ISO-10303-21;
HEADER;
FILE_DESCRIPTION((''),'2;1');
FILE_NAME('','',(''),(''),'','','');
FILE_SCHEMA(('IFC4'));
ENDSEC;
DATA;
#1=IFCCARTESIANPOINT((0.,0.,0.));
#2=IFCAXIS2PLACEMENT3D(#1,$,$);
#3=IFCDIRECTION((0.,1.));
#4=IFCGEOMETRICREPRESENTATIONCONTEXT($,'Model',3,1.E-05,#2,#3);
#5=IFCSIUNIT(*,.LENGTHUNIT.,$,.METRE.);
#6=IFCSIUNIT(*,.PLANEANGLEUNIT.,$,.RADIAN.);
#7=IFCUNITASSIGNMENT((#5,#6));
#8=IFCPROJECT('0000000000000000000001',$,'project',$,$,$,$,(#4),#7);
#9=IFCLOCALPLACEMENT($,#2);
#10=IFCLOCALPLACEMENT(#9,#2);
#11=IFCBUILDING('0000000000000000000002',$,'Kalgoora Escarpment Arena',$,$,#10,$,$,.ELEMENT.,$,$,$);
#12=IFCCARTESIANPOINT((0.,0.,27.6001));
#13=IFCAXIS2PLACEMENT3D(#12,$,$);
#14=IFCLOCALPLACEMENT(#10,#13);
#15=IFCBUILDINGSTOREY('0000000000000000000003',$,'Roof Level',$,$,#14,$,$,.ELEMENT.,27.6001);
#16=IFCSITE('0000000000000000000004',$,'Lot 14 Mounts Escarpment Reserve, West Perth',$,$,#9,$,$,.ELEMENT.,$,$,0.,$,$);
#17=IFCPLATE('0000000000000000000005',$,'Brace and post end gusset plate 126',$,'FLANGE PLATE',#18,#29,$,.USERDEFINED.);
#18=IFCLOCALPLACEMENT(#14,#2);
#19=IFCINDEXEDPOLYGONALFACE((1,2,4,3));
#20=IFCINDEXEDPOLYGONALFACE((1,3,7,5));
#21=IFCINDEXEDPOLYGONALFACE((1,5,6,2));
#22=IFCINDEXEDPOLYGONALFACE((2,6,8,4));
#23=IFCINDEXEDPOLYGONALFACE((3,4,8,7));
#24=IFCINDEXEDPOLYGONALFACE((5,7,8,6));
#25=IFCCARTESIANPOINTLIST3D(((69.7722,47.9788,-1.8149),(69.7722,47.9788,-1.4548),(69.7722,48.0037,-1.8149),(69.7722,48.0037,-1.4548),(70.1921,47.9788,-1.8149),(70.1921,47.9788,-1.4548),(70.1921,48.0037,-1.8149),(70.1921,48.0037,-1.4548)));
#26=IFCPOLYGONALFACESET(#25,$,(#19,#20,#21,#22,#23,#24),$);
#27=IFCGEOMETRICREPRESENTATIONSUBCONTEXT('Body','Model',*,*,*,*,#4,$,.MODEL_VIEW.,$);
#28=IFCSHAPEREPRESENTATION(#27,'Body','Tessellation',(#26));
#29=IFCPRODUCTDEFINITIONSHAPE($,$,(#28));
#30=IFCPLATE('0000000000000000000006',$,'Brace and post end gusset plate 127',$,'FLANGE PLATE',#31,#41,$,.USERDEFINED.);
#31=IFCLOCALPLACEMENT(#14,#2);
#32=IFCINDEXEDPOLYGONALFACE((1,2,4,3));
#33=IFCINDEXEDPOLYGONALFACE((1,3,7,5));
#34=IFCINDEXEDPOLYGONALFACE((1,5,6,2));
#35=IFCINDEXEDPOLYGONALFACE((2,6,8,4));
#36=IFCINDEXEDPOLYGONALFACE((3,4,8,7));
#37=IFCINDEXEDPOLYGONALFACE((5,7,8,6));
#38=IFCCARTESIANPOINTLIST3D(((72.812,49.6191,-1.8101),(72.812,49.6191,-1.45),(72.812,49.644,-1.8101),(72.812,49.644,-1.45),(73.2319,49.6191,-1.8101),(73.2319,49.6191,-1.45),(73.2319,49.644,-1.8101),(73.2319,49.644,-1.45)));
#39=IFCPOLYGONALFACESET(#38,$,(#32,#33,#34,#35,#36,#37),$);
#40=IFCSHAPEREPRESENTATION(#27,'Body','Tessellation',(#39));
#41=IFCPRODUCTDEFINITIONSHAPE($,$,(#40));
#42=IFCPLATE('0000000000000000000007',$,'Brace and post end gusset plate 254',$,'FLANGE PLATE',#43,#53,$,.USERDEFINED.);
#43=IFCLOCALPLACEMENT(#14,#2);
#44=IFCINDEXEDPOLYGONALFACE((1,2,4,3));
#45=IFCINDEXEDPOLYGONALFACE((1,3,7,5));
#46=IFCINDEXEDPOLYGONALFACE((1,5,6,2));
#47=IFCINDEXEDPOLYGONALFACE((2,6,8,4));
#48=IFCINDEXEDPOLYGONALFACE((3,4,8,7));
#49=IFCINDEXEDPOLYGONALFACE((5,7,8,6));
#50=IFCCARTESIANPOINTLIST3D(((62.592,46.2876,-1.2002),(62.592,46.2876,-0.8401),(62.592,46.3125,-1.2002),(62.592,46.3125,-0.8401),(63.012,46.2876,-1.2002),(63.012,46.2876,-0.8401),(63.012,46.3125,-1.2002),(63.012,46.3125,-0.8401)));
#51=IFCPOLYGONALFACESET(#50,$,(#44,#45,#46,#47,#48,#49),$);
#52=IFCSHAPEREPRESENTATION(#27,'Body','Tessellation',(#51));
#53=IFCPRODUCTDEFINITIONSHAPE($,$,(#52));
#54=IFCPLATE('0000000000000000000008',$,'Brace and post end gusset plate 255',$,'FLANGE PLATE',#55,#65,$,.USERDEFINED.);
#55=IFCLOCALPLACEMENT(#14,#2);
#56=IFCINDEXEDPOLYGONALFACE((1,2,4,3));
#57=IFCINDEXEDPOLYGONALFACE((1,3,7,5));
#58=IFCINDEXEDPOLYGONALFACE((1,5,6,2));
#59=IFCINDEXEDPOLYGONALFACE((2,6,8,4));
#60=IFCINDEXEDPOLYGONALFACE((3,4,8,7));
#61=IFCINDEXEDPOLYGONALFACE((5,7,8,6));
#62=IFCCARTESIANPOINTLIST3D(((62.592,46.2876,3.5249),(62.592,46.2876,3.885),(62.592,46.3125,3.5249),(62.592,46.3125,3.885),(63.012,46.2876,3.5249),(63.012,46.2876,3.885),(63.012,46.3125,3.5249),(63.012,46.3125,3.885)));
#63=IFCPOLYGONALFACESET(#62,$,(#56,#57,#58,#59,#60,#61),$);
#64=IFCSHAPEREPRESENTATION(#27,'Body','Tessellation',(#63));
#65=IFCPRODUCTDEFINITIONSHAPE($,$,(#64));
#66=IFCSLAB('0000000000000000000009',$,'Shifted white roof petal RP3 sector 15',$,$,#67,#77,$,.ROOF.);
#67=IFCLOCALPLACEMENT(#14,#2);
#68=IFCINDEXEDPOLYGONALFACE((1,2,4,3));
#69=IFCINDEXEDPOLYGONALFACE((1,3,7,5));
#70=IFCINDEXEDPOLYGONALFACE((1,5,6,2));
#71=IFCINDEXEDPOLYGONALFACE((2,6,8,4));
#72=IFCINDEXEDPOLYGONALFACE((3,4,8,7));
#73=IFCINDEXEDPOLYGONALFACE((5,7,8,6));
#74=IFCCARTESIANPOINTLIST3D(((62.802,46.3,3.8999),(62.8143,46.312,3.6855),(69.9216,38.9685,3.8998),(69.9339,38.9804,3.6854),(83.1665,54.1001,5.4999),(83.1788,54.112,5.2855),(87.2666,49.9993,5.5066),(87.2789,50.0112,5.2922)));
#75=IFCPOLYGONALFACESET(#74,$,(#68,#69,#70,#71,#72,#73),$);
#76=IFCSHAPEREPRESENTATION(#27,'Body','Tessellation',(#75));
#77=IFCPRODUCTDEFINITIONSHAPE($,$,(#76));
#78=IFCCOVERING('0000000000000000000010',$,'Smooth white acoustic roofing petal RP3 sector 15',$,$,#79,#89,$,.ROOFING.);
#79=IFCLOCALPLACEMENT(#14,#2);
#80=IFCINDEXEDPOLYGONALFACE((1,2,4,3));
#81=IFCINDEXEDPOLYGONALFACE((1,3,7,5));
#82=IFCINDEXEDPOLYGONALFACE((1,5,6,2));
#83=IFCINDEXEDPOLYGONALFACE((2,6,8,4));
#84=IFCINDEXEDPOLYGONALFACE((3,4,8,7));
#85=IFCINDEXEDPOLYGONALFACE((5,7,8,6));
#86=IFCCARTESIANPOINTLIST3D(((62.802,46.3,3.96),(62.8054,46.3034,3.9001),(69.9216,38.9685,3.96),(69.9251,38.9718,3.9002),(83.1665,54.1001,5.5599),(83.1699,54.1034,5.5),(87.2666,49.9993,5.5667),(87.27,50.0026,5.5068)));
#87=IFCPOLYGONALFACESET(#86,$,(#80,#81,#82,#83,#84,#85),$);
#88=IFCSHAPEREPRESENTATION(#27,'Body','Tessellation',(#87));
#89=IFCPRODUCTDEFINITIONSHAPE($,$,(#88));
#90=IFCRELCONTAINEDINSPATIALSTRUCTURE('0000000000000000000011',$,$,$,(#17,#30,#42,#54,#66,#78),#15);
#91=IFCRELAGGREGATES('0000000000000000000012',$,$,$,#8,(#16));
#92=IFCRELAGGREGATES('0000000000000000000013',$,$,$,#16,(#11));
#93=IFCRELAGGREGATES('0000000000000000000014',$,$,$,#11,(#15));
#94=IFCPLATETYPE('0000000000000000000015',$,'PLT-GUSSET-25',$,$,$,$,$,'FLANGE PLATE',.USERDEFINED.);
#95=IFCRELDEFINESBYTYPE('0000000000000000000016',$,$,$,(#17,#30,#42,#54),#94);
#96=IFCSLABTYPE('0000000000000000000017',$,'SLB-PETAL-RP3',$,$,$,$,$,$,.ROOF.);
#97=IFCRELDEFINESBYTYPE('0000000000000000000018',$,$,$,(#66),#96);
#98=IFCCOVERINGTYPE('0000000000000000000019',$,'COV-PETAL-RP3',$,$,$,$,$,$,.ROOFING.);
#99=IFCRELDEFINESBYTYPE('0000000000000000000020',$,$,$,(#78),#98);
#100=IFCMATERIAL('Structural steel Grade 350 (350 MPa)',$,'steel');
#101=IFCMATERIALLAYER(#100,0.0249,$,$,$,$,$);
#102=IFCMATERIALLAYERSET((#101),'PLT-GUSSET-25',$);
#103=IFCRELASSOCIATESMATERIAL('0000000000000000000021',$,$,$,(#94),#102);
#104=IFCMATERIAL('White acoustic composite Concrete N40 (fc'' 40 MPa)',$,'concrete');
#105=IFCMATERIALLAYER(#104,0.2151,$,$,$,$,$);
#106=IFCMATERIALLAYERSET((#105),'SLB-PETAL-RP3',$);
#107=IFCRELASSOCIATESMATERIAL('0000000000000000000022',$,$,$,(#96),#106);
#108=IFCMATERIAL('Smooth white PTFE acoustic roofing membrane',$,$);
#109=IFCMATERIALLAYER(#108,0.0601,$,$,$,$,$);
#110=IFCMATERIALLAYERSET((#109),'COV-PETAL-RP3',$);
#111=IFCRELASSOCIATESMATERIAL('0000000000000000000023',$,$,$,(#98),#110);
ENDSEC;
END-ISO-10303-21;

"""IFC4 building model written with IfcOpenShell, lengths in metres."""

from ifc_helpers import new_model, si_unit, direction, frame, origin, origin_2d, place, context, subcontext, project, spatial, polyline, rectangle, outline, extrude, material, layer, layer_set, type_object, element, save


model = new_model("IFC4")

# Units and contexts
model_context = context("Model", 3, precision=1e-05, world=origin(), true_north=direction((0.0, 1.0)))
body_context = subcontext(model_context, "Body", "Model", "MODEL_VIEW")
ifc_project = project(units=[si_unit("LENGTHUNIT", "METRE"), si_unit("PLANEANGLEUNIT", "RADIAN")], contexts=[model_context])

# Site, building, storey
site_placement = place(None, origin())
site = spatial("IfcSite", under=ifc_project, at=site_placement, Name="Lot 14 Mounts Escarpment Reserve, West Perth", CompositionType="ELEMENT", RefElevation=0.0)
building_placement = place(site_placement, origin())
building = spatial("IfcBuilding", under=site, at=building_placement, Name="Kalgoora Escarpment Arena", CompositionType="ELEMENT")
storey_placement = place(building_placement, frame((0.0, 0.0, 27.6001)))
storey = spatial("IfcBuildingStorey", under=building, at=storey_placement, Name="Roof Level", CompositionType="ELEMENT", Elevation=27.6001)

# Plates
ifc_material_1 = material(Name="Structural steel Grade 350 (350 MPa)", Category="steel")
ifc_layer_1 = layer(ifc_material_1, 0.0249)
ifc_layer_set_1 = layer_set([ifc_layer_1], Name="PLT-GUSSET-25")
plate_type = type_object("IfcPlateType", Name="PLT-GUSSET-25", ElementType="FLANGE PLATE", PredefinedType="USERDEFINED", material=ifc_layer_set_1)
for number, where, z_axis, x_axis, name in (
    (1, (69.9822, 47.9912, -1.8149), (0.0, 0.0, 1.0), (1.0, 0.0, 0.0), "Brace and post end gusset plate 126"),
    (2, (73.022, 49.6316, -1.8101), (0.0, 0.0, 1.0), (1.0, 0.0, 0.0), "Brace and post end gusset plate 127"),
    (3, (62.802, 46.3, -1.2002), (0.0, 0.0, 1.0), (1.0, 0.0, 0.0), "Brace and post end gusset plate 254"),
    (4, (62.802, 46.3, 3.5249), (0.0, 0.0, 1.0), (1.0, 0.0, 0.0), "Brace and post end gusset plate 255"),
):
    element("IfcPlate", number, at=place(storey_placement, frame(where, z_axis=z_axis, x_axis=x_axis)), inside=storey, type_object=plate_type, Name=name, ObjectType="FLANGE PLATE", PredefinedType="USERDEFINED", context=body_context, shape_type="SweptSolid", body=[
        extrude(rectangle(XDim=0.4199, YDim=0.0249, at=origin_2d()), origin(), (0.0, 0.0, 1.0), 0.3601),
    ])

# Slab
ifc_material_2 = material(Name="White acoustic composite Concrete N40 (fc' 40 MPa)", Category="concrete")
ifc_layer_2 = layer(ifc_material_2, 0.2151)
ifc_layer_set_2 = layer_set([ifc_layer_2], Name="SLB-PETAL-RP3")
slab_type = type_object("IfcSlabType", Name="SLB-PETAL-RP3", PredefinedType="ROOF", material=ifc_layer_set_2)
slab_placement = place(storey_placement, frame((62.802, 46.3, 3.8999), z_axis=(-0.057082, -0.055446, 0.996829), x_axis=(0.696663, -0.717398, -0.00001)))
element("IfcSlab", 5, at=slab_placement, inside=storey, type_object=slab_type, Name="Shifted white roof petal RP3 sector 15", PredefinedType="ROOF", context=body_context, shape_type="SweptSolid", body=[
    extrude(outline(polyline([(0.0, 0.0), (10.2196, 0.0), (14.3898, 20.192), (8.5914, 20.1072), (0.0, 0.0)])), origin(), (0.0, 0.0, -1.0), 0.2151),
])

# Covering
ifc_material_3 = material(Name="Smooth white PTFE acoustic roofing membrane")
ifc_layer_3 = layer(ifc_material_3, 0.0601)
ifc_layer_set_3 = layer_set([ifc_layer_3], Name="COV-PETAL-RP3")
covering_type = type_object("IfcCoveringType", Name="COV-PETAL-RP3", PredefinedType="ROOFING", material=ifc_layer_set_3)
covering_placement = place(storey_placement, frame((62.802, 46.3, 3.96), z_axis=(-0.057085, -0.055427, 0.99683), x_axis=(0.696662, -0.717399, 0.000006)))
element("IfcCovering", 6, at=covering_placement, inside=storey, type_object=covering_type, Name="Smooth white acoustic roofing petal RP3 sector 15", PredefinedType="ROOFING", context=body_context, shape_type="SweptSolid", body=[
    extrude(outline(polyline([(0.0, 0.0), (10.2196, 0.0), (14.3898, 20.192), (8.5914, 20.1072), (0.0, 0.0)])), origin(), (0.0, 0.0, -1.0), 0.0601),
])

save(model, "model.ifc")
